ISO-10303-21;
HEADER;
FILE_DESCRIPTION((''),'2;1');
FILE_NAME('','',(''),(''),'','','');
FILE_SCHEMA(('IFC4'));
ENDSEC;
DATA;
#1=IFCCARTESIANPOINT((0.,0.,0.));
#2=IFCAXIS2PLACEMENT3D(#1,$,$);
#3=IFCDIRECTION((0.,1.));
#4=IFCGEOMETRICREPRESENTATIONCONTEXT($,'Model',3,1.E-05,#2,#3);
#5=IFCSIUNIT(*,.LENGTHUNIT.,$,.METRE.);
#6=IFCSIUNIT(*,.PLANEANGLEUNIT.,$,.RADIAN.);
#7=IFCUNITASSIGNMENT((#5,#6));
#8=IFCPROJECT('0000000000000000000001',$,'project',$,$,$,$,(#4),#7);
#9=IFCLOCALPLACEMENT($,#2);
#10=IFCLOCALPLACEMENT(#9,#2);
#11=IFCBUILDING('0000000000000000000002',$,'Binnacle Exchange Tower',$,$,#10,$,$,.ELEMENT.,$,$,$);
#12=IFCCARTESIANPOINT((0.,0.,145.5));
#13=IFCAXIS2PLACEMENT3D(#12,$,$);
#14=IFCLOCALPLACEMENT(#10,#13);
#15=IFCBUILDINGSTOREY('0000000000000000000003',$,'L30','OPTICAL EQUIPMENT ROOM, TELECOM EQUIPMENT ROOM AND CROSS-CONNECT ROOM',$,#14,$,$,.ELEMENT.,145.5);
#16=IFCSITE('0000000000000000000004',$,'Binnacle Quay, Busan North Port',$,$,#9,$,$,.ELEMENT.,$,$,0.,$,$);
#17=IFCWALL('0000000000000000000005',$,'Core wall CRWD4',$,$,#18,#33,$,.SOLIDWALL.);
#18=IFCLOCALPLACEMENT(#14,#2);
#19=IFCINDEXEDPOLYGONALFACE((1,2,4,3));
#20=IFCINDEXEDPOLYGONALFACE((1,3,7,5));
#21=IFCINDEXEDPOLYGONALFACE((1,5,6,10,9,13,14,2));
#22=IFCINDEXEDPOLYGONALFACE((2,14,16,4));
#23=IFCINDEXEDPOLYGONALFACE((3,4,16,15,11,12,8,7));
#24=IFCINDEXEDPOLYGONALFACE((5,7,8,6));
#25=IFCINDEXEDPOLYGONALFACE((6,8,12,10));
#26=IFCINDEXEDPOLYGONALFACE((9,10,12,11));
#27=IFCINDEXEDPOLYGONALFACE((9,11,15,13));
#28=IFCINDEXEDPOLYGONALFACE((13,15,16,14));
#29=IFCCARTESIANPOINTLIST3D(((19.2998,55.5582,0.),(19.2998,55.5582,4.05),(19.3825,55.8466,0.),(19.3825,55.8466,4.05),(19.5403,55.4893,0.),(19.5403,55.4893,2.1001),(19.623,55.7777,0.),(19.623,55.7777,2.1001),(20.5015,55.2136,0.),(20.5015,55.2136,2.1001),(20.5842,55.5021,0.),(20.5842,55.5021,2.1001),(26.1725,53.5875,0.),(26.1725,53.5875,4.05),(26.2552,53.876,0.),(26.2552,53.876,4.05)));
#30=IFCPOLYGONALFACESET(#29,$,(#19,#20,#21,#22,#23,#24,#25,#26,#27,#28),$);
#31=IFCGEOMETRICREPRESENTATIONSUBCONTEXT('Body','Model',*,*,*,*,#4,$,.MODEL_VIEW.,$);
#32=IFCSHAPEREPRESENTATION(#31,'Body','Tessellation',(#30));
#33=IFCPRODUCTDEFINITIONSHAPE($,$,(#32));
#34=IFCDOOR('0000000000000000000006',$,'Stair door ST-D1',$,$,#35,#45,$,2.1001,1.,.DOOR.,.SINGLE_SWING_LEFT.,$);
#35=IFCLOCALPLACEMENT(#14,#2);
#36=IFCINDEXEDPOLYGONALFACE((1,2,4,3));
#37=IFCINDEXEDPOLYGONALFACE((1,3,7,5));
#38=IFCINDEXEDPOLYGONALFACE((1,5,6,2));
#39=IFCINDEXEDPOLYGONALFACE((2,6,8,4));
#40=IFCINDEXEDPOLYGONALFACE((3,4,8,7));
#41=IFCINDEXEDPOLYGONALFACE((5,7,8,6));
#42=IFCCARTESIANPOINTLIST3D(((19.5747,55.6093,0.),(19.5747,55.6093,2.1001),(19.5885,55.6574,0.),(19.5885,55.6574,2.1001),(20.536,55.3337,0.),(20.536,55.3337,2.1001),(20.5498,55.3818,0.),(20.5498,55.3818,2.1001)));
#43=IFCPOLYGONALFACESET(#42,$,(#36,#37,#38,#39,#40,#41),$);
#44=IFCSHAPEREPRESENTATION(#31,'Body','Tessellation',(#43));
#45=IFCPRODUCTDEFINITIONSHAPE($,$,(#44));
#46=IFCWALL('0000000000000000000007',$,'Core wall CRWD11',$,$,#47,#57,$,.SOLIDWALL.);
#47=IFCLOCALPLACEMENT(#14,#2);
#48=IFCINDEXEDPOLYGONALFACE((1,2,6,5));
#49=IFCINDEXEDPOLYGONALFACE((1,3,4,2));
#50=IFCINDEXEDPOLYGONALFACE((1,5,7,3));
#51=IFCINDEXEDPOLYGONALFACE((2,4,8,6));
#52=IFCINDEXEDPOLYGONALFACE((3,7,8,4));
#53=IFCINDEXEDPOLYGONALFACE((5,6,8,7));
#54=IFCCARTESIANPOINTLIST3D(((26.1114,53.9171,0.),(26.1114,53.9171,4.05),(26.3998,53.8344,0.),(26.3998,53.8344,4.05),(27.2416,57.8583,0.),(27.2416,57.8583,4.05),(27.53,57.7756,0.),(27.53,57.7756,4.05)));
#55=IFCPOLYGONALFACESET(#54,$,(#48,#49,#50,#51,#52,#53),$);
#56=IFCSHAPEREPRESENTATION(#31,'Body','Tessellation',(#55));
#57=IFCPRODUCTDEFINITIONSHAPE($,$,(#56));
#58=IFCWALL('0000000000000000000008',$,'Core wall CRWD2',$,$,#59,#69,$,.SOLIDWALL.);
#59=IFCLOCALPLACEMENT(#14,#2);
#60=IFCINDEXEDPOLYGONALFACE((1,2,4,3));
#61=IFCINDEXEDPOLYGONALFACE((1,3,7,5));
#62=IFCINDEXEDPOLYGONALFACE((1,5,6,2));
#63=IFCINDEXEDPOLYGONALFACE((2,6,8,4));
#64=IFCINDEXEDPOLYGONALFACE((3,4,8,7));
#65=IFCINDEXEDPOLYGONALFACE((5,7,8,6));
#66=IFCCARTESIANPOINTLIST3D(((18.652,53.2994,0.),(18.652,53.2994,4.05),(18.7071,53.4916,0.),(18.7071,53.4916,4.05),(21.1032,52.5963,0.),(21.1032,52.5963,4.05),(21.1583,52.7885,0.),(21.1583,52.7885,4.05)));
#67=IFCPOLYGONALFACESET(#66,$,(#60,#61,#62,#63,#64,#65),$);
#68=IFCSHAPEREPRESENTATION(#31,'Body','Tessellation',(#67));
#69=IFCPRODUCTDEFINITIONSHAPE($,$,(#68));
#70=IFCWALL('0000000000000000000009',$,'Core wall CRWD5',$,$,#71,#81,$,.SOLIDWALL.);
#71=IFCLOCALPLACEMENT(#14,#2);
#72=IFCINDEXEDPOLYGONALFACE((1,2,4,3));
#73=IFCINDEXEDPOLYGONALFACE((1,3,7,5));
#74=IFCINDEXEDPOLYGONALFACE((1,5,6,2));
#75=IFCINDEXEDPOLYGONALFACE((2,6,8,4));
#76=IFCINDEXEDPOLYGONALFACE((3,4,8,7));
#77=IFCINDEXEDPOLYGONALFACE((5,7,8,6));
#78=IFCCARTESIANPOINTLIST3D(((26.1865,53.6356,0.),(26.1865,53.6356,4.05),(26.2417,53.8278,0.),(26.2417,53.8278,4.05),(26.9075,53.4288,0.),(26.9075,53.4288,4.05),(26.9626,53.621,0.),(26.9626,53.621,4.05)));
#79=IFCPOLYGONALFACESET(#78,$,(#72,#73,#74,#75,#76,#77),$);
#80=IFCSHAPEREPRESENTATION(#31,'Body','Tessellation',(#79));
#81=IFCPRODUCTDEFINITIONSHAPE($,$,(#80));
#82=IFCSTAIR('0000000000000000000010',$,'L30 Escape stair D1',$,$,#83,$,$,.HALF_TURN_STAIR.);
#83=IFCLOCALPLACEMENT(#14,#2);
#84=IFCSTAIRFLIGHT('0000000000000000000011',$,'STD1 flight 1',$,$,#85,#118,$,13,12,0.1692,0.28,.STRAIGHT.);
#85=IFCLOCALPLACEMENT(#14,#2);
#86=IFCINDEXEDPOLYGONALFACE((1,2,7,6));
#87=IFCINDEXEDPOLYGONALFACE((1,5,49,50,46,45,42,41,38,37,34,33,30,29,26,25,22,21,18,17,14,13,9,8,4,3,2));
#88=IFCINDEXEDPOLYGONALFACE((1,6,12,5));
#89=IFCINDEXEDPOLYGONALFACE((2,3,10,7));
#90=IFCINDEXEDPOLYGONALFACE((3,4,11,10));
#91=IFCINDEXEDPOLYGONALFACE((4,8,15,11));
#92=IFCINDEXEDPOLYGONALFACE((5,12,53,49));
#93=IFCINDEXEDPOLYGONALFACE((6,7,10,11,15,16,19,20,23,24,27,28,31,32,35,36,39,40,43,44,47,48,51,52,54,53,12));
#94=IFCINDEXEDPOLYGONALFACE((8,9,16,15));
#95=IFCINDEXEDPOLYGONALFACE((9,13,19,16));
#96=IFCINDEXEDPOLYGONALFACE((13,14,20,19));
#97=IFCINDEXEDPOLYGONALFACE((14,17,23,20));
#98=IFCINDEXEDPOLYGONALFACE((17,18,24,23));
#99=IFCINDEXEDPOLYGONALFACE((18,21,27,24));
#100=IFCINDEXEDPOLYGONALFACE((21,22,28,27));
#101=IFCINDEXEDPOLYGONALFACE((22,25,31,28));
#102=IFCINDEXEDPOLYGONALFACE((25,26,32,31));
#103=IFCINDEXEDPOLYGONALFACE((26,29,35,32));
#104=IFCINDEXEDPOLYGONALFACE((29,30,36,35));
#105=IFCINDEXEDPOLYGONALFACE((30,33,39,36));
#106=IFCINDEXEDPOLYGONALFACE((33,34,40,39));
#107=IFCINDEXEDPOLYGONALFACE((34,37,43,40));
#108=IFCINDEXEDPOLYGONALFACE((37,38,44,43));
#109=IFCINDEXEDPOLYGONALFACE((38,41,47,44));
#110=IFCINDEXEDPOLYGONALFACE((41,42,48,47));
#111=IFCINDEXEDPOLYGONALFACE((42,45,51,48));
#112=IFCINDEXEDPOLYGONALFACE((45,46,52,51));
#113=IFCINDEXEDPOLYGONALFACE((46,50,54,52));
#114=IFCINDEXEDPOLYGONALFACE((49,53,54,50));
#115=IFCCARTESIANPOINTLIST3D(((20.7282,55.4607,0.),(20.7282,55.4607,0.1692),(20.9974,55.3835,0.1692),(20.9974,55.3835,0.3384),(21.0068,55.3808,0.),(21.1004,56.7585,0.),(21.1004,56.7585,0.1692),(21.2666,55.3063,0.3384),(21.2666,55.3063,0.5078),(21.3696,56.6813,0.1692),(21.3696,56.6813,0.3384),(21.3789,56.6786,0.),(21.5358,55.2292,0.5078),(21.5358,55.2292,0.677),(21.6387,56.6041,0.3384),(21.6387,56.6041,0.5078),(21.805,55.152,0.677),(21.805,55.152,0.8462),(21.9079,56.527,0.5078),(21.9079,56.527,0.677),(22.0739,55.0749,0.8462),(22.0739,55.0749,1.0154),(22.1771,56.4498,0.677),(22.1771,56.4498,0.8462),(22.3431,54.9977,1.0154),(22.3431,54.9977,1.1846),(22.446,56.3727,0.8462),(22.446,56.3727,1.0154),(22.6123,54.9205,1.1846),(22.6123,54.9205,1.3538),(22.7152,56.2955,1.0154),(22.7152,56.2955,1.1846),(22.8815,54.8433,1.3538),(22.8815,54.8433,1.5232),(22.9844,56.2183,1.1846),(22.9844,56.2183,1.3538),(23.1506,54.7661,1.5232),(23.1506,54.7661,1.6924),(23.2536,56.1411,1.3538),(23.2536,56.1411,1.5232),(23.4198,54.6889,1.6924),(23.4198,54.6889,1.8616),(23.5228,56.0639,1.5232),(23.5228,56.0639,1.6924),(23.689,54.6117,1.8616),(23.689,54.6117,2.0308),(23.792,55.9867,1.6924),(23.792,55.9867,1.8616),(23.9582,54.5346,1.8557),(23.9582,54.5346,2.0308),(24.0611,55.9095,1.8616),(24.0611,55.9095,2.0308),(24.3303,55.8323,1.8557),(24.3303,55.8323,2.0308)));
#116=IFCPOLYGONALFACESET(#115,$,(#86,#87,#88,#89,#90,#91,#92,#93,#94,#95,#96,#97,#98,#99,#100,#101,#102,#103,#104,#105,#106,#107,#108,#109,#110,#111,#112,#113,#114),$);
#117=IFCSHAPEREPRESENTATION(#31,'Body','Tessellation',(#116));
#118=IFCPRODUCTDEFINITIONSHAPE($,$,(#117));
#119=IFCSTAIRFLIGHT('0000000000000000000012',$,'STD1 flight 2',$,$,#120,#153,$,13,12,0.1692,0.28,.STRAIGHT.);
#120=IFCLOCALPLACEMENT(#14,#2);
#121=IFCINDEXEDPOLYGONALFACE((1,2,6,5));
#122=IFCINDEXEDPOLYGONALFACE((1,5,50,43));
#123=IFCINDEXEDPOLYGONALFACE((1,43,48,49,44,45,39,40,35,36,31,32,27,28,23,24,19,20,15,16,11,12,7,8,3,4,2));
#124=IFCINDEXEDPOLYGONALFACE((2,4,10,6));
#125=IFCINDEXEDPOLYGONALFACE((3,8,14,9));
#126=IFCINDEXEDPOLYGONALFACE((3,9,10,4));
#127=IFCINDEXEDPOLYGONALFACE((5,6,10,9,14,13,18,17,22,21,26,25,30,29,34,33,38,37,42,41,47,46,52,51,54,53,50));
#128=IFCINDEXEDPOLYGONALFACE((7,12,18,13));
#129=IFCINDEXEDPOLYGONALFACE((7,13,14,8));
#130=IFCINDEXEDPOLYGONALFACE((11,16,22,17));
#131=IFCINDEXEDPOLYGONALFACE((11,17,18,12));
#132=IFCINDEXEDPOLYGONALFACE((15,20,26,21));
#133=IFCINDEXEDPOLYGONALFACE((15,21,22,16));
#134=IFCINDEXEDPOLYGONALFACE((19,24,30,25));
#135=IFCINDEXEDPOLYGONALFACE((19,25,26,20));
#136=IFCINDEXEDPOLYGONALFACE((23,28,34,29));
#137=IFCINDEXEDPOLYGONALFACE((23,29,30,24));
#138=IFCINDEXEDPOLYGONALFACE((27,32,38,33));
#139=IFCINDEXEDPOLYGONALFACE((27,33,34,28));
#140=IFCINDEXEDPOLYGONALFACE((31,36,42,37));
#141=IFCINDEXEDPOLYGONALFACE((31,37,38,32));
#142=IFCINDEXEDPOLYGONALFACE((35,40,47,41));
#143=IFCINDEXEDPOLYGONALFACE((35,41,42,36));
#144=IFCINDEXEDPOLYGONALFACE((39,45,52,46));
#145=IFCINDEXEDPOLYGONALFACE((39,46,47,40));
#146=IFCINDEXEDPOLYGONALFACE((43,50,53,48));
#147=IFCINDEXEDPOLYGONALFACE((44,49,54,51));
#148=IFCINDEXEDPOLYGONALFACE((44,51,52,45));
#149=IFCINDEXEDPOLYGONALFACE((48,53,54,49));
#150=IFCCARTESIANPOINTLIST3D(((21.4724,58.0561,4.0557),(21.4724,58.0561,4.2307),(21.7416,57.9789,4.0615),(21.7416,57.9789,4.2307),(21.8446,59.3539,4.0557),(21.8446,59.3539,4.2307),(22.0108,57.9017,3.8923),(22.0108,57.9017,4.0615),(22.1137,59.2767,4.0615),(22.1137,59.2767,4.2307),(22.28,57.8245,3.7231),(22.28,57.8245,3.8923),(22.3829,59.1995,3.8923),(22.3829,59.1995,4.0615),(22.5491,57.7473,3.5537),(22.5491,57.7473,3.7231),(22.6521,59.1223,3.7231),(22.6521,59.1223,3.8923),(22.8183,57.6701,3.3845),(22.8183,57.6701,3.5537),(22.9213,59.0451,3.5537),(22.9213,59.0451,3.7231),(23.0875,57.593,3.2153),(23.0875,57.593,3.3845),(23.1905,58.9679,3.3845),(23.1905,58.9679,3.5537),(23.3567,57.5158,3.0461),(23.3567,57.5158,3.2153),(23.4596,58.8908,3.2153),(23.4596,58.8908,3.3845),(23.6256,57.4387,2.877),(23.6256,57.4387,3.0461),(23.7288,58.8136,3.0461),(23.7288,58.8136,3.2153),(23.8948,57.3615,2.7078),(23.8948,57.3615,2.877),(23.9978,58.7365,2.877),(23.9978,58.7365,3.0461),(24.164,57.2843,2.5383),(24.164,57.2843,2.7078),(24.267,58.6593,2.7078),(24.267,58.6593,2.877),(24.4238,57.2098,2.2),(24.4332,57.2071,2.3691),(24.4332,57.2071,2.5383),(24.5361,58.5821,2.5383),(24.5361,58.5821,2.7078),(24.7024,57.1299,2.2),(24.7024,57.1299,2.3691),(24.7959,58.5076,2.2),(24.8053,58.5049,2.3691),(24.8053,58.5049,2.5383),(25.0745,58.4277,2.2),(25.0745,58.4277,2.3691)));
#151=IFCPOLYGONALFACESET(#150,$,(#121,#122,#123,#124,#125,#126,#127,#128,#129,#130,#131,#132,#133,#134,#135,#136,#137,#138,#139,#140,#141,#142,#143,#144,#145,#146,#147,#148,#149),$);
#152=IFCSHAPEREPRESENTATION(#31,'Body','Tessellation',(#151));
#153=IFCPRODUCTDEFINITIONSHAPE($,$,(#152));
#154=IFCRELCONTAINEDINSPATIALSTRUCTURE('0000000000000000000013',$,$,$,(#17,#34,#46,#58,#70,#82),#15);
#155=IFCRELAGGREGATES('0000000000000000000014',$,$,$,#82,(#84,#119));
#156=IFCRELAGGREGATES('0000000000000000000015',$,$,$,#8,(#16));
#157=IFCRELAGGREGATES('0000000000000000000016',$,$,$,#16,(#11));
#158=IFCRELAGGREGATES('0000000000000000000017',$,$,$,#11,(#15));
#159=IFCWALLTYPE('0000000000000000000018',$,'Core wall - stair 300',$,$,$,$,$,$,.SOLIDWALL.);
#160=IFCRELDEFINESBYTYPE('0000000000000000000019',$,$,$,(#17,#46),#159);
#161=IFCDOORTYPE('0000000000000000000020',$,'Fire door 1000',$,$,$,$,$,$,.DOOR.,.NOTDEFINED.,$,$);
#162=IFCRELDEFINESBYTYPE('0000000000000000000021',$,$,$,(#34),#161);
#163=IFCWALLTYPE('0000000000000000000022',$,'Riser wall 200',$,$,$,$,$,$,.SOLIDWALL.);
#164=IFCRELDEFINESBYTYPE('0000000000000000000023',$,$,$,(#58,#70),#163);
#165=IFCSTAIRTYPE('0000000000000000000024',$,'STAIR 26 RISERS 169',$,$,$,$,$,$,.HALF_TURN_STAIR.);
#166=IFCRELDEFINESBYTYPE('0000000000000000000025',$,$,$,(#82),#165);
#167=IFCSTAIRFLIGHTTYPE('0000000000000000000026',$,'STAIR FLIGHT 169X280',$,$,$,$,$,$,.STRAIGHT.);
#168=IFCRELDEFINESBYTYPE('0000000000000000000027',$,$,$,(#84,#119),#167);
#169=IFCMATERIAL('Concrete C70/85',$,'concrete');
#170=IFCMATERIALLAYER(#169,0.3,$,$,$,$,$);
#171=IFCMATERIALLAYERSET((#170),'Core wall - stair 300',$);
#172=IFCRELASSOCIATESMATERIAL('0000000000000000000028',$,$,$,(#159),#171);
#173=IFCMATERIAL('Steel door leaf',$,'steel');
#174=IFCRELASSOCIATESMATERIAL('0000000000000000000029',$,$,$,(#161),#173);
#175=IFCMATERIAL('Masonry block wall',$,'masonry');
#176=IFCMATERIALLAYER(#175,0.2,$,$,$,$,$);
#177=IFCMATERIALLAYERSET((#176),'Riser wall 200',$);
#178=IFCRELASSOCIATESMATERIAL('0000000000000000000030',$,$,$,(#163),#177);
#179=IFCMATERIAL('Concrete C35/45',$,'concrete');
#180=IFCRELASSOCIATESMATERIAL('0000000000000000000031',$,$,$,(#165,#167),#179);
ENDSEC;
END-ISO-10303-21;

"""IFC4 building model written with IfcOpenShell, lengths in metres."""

from ifc_helpers import new_model, si_unit, direction, frame, frame_2d, origin, place, context, subcontext, project, spatial, polyline, rectangle, outline, extrude, material, layer, layer_set, type_object, element, fill, aggregate, save


model = new_model("IFC4")

# Units and contexts
model_context = context("Model", 3, precision=1e-05, world=origin(), true_north=direction((0.0, 1.0)))
body_context = subcontext(model_context, "Body", "Model", "MODEL_VIEW")
ifc_project = project(units=[si_unit("LENGTHUNIT", "METRE"), si_unit("PLANEANGLEUNIT", "RADIAN")], contexts=[model_context])

# Site, building, storey
site_placement = place(None, origin())
site = spatial("IfcSite", under=ifc_project, at=site_placement, Name="Binnacle Quay, Busan North Port", CompositionType="ELEMENT", RefElevation=0.0)
building_placement = place(site_placement, origin())
building = spatial("IfcBuilding", under=site, at=building_placement, Name="Binnacle Exchange Tower", CompositionType="ELEMENT")
storey_placement = place(building_placement, frame((0.0, 0.0, 145.5)))
storey = spatial("IfcBuildingStorey", under=building, at=storey_placement, Name="L30", Description="OPTICAL EQUIPMENT ROOM, TELECOM EQUIPMENT ROOM AND CROSS-CONNECT ROOM", CompositionType="ELEMENT", Elevation=145.5)

# Shared definitions
ifc_material_1 = material(Name="Concrete C70/85", Category="concrete")

# Wall, opening, door
ifc_layer_1 = layer(ifc_material_1, 0.3)
ifc_layer_set_1 = layer_set([ifc_layer_1], Name="Core wall - stair 300")
wall_type_1 = type_object("IfcWallType", Name="Core wall - stair 300", PredefinedType="SOLIDWALL", material=ifc_layer_set_1)
wall_1_placement = place(storey_placement, frame((19.3413, 55.7024, 0.0), z_axis=(0.0, 0.0, 1.0), x_axis=(0.961263, -0.275632, 0.0)))
wall_1 = element("IfcWall", 1, at=wall_1_placement, inside=storey, type_object=wall_type_1, Name="Core wall CRWD4", PredefinedType="SOLIDWALL", context=body_context, shape_type="SweptSolid", body=[
    extrude(rectangle(XDim=7.1497, YDim=0.3, at=frame_2d((3.5747, 0.0))), origin(), (0.0, 0.0, 1.0), 4.05),
])
opening_placement = place(wall_1_placement, frame((0.25, 0.0, 0.0)))
opening = element("IfcOpeningElement", 2, at=opening_placement, cuts=wall_1, PredefinedType="OPENING", context=body_context, shape_type="SweptSolid", body=[
    extrude(rectangle(XDim=1.0, YDim=2.1001, at=frame_2d((0.5, 1.05))), frame((0.0, 0.1599, 0.0), z_axis=(0.0, -1.0, 0.0), x_axis=(1.0, 0.0, 0.0)), (0.0, 0.0, 1.0), 0.3201),
])
ifc_material_2 = material(Name="Steel door leaf", Category="steel")
door_type = type_object("IfcDoorType", Name="Fire door 1000", OperationType="NOTDEFINED", PredefinedType="DOOR", material=ifc_material_2)
door_placement = place(opening_placement, origin())
door = element("IfcDoor", 3, at=door_placement, inside=storey, type_object=door_type, Name="Stair door ST-D1", OperationType="SINGLE_SWING_LEFT", OverallHeight=2.1001, OverallWidth=1.0, PredefinedType="DOOR", context=body_context, shape_type="SweptSolid", body=[
    extrude(rectangle(XDim=1.0, YDim=2.1001, at=frame_2d((0.5, 1.05))), frame((0.0, 0.0249, 0.0), z_axis=(0.0, -1.0, 0.0), x_axis=(1.0, 0.0, 0.0)), (0.0, 0.0, 1.0), 0.05),
])
fill(opening, door)

# Walls
wall_2_placement = place(storey_placement, frame((26.2556, 53.8757, 0.0), z_axis=(0.0, 0.0, 1.0), x_axis=(0.275641, 0.961261, 0.0)))
element("IfcWall", 4, at=wall_2_placement, inside=storey, type_object=wall_type_1, Name="Core wall CRWD11", PredefinedType="SOLIDWALL", context=body_context, shape_type="SweptSolid", body=[
    extrude(rectangle(XDim=4.1001, YDim=0.3, at=frame_2d((2.05, 0.0))), origin(), (0.0, 0.0, 1.0), 4.05),
])
ifc_material_3 = material(Name="Masonry block wall", Category="masonry")
ifc_layer_2 = layer(ifc_material_3, 0.2)
ifc_layer_set_2 = layer_set([ifc_layer_2], Name="Riser wall 200")
wall_type_2 = type_object("IfcWallType", Name="Riser wall 200", PredefinedType="SOLIDWALL", material=ifc_layer_set_2)
wall_3_placement = place(storey_placement, frame((18.6797, 53.3955, 0.0), z_axis=(0.0, 0.0, 1.0), x_axis=(0.961234, -0.275733, 0.0)))
element("IfcWall", 5, at=wall_3_placement, inside=storey, type_object=wall_type_2, Name="Core wall CRWD2", PredefinedType="SOLIDWALL", context=body_context, shape_type="SweptSolid", body=[
    extrude(rectangle(XDim=2.55, YDim=0.2, at=frame_2d((1.2749, 0.0))), origin(), (0.0, 0.0, 1.0), 4.05),
])
wall_4_placement = place(storey_placement, frame((26.2141, 53.7317, 0.0), z_axis=(0.0, 0.0, 1.0), x_axis=(0.961241, -0.27571, 0.0)))
element("IfcWall", 6, at=wall_4_placement, inside=storey, type_object=wall_type_2, Name="Core wall CRWD5", PredefinedType="SOLIDWALL", context=body_context, shape_type="SweptSolid", body=[
    extrude(rectangle(XDim=0.75, YDim=0.2, at=frame_2d((0.375, 0.0))), origin(), (0.0, 0.0, 1.0), 4.05),
])

# Stair, stair flights
ifc_material_4 = material(Name="Concrete C35/45", Category="concrete")
stair_type = type_object("IfcStairType", Name="STAIR 26 RISERS 169", PredefinedType="HALF_TURN_STAIR", material=ifc_material_4)
stair_placement = place(storey_placement, origin())
stair = element("IfcStair", 7, at=stair_placement, inside=storey, type_object=stair_type, Name="L30 Escape stair D1", PredefinedType="HALF_TURN_STAIR")
stair_flight_type = type_object("IfcStairFlightType", Name="STAIR FLIGHT 169X280", PredefinedType="STRAIGHT", material=ifc_material_4)
stair_flight_1_placement = place(storey_placement, frame((20.9143, 56.1096, 0.0), z_axis=(0.0, 0.0, 1.0), x_axis=(0.961262, -0.275637, 0.0)))
stair_flight_1 = element("IfcStairFlight", 8, at=stair_flight_1_placement, type_object=stair_flight_type, Name="STD1 flight 1", NumberOfRisers=13, NumberOfTreads=12, PredefinedType="STRAIGHT", RiserHeight=0.1692, TreadLength=0.28, context=body_context, shape_type="SweptSolid", body=[
    extrude(outline(polyline([(0.0, 0.0), (0.0, 0.1692), (0.28, 0.1692), (0.28, 0.3384), (0.5601, 0.3384), (0.5601, 0.5078), (0.8401, 0.5078), (0.8401, 0.677), (1.1201, 0.677), (1.1201, 0.8462), (1.3999, 0.8462), (1.3999, 1.0154), (1.6799, 1.0154), (1.6799, 1.1846), (1.96, 1.1846), (1.96, 1.3538), (2.24, 1.3538), (2.24, 1.5232), (2.52, 1.5232), (2.52, 1.6924), (2.8, 1.6924), (2.8, 1.8616), (3.0801, 1.8616), (3.0801, 2.0308), (3.3601, 2.0308), (3.3601, 2.2), (3.3601, 1.8557), (0.2898, 0.0), (0.0, 0.0)])), frame((0.0, 0.675, 0.0), z_axis=(0.0, -1.0, 0.0), x_axis=(1.0, 0.0, 0.0)), (0.0, 0.0, 1.0), 1.3501),
])
stair_flight_2_placement = place(storey_placement, frame((24.8884, 57.7788, 2.2), z_axis=(0.0, 0.0, 1.0), x_axis=(-0.961262, 0.275637, 0.0)))
stair_flight_2 = element("IfcStairFlight", 9, at=stair_flight_2_placement, type_object=stair_flight_type, Name="STD1 flight 2", NumberOfRisers=13, NumberOfTreads=12, PredefinedType="STRAIGHT", RiserHeight=0.1692, TreadLength=0.28, context=body_context, shape_type="SweptSolid", body=[
    extrude(outline(polyline([(0.0, 0.0), (0.0, 0.1692), (0.28, 0.1692), (0.28, 0.3384), (0.5601, 0.3384), (0.5601, 0.5078), (0.8401, 0.5078), (0.8401, 0.677), (1.1201, 0.677), (1.1201, 0.8462), (1.3999, 0.8462), (1.3999, 1.0154), (1.6799, 1.0154), (1.6799, 1.1846), (1.96, 1.1846), (1.96, 1.3538), (2.24, 1.3538), (2.24, 1.5232), (2.52, 1.5232), (2.52, 1.6924), (2.8, 1.6924), (2.8, 1.8616), (3.0801, 1.8616), (3.0801, 2.0308), (3.3601, 2.0308), (3.3601, 2.2), (3.3601, 1.8557), (0.2898, 0.0), (0.0, 0.0)])), frame((0.0, 0.675, 0.0), z_axis=(0.0, -1.0, 0.0), x_axis=(1.0, 0.0, 0.0)), (0.0, 0.0, 1.0), 1.3501),
])
aggregate(stair, [stair_flight_1, stair_flight_2])

save(model, "model.ifc")
